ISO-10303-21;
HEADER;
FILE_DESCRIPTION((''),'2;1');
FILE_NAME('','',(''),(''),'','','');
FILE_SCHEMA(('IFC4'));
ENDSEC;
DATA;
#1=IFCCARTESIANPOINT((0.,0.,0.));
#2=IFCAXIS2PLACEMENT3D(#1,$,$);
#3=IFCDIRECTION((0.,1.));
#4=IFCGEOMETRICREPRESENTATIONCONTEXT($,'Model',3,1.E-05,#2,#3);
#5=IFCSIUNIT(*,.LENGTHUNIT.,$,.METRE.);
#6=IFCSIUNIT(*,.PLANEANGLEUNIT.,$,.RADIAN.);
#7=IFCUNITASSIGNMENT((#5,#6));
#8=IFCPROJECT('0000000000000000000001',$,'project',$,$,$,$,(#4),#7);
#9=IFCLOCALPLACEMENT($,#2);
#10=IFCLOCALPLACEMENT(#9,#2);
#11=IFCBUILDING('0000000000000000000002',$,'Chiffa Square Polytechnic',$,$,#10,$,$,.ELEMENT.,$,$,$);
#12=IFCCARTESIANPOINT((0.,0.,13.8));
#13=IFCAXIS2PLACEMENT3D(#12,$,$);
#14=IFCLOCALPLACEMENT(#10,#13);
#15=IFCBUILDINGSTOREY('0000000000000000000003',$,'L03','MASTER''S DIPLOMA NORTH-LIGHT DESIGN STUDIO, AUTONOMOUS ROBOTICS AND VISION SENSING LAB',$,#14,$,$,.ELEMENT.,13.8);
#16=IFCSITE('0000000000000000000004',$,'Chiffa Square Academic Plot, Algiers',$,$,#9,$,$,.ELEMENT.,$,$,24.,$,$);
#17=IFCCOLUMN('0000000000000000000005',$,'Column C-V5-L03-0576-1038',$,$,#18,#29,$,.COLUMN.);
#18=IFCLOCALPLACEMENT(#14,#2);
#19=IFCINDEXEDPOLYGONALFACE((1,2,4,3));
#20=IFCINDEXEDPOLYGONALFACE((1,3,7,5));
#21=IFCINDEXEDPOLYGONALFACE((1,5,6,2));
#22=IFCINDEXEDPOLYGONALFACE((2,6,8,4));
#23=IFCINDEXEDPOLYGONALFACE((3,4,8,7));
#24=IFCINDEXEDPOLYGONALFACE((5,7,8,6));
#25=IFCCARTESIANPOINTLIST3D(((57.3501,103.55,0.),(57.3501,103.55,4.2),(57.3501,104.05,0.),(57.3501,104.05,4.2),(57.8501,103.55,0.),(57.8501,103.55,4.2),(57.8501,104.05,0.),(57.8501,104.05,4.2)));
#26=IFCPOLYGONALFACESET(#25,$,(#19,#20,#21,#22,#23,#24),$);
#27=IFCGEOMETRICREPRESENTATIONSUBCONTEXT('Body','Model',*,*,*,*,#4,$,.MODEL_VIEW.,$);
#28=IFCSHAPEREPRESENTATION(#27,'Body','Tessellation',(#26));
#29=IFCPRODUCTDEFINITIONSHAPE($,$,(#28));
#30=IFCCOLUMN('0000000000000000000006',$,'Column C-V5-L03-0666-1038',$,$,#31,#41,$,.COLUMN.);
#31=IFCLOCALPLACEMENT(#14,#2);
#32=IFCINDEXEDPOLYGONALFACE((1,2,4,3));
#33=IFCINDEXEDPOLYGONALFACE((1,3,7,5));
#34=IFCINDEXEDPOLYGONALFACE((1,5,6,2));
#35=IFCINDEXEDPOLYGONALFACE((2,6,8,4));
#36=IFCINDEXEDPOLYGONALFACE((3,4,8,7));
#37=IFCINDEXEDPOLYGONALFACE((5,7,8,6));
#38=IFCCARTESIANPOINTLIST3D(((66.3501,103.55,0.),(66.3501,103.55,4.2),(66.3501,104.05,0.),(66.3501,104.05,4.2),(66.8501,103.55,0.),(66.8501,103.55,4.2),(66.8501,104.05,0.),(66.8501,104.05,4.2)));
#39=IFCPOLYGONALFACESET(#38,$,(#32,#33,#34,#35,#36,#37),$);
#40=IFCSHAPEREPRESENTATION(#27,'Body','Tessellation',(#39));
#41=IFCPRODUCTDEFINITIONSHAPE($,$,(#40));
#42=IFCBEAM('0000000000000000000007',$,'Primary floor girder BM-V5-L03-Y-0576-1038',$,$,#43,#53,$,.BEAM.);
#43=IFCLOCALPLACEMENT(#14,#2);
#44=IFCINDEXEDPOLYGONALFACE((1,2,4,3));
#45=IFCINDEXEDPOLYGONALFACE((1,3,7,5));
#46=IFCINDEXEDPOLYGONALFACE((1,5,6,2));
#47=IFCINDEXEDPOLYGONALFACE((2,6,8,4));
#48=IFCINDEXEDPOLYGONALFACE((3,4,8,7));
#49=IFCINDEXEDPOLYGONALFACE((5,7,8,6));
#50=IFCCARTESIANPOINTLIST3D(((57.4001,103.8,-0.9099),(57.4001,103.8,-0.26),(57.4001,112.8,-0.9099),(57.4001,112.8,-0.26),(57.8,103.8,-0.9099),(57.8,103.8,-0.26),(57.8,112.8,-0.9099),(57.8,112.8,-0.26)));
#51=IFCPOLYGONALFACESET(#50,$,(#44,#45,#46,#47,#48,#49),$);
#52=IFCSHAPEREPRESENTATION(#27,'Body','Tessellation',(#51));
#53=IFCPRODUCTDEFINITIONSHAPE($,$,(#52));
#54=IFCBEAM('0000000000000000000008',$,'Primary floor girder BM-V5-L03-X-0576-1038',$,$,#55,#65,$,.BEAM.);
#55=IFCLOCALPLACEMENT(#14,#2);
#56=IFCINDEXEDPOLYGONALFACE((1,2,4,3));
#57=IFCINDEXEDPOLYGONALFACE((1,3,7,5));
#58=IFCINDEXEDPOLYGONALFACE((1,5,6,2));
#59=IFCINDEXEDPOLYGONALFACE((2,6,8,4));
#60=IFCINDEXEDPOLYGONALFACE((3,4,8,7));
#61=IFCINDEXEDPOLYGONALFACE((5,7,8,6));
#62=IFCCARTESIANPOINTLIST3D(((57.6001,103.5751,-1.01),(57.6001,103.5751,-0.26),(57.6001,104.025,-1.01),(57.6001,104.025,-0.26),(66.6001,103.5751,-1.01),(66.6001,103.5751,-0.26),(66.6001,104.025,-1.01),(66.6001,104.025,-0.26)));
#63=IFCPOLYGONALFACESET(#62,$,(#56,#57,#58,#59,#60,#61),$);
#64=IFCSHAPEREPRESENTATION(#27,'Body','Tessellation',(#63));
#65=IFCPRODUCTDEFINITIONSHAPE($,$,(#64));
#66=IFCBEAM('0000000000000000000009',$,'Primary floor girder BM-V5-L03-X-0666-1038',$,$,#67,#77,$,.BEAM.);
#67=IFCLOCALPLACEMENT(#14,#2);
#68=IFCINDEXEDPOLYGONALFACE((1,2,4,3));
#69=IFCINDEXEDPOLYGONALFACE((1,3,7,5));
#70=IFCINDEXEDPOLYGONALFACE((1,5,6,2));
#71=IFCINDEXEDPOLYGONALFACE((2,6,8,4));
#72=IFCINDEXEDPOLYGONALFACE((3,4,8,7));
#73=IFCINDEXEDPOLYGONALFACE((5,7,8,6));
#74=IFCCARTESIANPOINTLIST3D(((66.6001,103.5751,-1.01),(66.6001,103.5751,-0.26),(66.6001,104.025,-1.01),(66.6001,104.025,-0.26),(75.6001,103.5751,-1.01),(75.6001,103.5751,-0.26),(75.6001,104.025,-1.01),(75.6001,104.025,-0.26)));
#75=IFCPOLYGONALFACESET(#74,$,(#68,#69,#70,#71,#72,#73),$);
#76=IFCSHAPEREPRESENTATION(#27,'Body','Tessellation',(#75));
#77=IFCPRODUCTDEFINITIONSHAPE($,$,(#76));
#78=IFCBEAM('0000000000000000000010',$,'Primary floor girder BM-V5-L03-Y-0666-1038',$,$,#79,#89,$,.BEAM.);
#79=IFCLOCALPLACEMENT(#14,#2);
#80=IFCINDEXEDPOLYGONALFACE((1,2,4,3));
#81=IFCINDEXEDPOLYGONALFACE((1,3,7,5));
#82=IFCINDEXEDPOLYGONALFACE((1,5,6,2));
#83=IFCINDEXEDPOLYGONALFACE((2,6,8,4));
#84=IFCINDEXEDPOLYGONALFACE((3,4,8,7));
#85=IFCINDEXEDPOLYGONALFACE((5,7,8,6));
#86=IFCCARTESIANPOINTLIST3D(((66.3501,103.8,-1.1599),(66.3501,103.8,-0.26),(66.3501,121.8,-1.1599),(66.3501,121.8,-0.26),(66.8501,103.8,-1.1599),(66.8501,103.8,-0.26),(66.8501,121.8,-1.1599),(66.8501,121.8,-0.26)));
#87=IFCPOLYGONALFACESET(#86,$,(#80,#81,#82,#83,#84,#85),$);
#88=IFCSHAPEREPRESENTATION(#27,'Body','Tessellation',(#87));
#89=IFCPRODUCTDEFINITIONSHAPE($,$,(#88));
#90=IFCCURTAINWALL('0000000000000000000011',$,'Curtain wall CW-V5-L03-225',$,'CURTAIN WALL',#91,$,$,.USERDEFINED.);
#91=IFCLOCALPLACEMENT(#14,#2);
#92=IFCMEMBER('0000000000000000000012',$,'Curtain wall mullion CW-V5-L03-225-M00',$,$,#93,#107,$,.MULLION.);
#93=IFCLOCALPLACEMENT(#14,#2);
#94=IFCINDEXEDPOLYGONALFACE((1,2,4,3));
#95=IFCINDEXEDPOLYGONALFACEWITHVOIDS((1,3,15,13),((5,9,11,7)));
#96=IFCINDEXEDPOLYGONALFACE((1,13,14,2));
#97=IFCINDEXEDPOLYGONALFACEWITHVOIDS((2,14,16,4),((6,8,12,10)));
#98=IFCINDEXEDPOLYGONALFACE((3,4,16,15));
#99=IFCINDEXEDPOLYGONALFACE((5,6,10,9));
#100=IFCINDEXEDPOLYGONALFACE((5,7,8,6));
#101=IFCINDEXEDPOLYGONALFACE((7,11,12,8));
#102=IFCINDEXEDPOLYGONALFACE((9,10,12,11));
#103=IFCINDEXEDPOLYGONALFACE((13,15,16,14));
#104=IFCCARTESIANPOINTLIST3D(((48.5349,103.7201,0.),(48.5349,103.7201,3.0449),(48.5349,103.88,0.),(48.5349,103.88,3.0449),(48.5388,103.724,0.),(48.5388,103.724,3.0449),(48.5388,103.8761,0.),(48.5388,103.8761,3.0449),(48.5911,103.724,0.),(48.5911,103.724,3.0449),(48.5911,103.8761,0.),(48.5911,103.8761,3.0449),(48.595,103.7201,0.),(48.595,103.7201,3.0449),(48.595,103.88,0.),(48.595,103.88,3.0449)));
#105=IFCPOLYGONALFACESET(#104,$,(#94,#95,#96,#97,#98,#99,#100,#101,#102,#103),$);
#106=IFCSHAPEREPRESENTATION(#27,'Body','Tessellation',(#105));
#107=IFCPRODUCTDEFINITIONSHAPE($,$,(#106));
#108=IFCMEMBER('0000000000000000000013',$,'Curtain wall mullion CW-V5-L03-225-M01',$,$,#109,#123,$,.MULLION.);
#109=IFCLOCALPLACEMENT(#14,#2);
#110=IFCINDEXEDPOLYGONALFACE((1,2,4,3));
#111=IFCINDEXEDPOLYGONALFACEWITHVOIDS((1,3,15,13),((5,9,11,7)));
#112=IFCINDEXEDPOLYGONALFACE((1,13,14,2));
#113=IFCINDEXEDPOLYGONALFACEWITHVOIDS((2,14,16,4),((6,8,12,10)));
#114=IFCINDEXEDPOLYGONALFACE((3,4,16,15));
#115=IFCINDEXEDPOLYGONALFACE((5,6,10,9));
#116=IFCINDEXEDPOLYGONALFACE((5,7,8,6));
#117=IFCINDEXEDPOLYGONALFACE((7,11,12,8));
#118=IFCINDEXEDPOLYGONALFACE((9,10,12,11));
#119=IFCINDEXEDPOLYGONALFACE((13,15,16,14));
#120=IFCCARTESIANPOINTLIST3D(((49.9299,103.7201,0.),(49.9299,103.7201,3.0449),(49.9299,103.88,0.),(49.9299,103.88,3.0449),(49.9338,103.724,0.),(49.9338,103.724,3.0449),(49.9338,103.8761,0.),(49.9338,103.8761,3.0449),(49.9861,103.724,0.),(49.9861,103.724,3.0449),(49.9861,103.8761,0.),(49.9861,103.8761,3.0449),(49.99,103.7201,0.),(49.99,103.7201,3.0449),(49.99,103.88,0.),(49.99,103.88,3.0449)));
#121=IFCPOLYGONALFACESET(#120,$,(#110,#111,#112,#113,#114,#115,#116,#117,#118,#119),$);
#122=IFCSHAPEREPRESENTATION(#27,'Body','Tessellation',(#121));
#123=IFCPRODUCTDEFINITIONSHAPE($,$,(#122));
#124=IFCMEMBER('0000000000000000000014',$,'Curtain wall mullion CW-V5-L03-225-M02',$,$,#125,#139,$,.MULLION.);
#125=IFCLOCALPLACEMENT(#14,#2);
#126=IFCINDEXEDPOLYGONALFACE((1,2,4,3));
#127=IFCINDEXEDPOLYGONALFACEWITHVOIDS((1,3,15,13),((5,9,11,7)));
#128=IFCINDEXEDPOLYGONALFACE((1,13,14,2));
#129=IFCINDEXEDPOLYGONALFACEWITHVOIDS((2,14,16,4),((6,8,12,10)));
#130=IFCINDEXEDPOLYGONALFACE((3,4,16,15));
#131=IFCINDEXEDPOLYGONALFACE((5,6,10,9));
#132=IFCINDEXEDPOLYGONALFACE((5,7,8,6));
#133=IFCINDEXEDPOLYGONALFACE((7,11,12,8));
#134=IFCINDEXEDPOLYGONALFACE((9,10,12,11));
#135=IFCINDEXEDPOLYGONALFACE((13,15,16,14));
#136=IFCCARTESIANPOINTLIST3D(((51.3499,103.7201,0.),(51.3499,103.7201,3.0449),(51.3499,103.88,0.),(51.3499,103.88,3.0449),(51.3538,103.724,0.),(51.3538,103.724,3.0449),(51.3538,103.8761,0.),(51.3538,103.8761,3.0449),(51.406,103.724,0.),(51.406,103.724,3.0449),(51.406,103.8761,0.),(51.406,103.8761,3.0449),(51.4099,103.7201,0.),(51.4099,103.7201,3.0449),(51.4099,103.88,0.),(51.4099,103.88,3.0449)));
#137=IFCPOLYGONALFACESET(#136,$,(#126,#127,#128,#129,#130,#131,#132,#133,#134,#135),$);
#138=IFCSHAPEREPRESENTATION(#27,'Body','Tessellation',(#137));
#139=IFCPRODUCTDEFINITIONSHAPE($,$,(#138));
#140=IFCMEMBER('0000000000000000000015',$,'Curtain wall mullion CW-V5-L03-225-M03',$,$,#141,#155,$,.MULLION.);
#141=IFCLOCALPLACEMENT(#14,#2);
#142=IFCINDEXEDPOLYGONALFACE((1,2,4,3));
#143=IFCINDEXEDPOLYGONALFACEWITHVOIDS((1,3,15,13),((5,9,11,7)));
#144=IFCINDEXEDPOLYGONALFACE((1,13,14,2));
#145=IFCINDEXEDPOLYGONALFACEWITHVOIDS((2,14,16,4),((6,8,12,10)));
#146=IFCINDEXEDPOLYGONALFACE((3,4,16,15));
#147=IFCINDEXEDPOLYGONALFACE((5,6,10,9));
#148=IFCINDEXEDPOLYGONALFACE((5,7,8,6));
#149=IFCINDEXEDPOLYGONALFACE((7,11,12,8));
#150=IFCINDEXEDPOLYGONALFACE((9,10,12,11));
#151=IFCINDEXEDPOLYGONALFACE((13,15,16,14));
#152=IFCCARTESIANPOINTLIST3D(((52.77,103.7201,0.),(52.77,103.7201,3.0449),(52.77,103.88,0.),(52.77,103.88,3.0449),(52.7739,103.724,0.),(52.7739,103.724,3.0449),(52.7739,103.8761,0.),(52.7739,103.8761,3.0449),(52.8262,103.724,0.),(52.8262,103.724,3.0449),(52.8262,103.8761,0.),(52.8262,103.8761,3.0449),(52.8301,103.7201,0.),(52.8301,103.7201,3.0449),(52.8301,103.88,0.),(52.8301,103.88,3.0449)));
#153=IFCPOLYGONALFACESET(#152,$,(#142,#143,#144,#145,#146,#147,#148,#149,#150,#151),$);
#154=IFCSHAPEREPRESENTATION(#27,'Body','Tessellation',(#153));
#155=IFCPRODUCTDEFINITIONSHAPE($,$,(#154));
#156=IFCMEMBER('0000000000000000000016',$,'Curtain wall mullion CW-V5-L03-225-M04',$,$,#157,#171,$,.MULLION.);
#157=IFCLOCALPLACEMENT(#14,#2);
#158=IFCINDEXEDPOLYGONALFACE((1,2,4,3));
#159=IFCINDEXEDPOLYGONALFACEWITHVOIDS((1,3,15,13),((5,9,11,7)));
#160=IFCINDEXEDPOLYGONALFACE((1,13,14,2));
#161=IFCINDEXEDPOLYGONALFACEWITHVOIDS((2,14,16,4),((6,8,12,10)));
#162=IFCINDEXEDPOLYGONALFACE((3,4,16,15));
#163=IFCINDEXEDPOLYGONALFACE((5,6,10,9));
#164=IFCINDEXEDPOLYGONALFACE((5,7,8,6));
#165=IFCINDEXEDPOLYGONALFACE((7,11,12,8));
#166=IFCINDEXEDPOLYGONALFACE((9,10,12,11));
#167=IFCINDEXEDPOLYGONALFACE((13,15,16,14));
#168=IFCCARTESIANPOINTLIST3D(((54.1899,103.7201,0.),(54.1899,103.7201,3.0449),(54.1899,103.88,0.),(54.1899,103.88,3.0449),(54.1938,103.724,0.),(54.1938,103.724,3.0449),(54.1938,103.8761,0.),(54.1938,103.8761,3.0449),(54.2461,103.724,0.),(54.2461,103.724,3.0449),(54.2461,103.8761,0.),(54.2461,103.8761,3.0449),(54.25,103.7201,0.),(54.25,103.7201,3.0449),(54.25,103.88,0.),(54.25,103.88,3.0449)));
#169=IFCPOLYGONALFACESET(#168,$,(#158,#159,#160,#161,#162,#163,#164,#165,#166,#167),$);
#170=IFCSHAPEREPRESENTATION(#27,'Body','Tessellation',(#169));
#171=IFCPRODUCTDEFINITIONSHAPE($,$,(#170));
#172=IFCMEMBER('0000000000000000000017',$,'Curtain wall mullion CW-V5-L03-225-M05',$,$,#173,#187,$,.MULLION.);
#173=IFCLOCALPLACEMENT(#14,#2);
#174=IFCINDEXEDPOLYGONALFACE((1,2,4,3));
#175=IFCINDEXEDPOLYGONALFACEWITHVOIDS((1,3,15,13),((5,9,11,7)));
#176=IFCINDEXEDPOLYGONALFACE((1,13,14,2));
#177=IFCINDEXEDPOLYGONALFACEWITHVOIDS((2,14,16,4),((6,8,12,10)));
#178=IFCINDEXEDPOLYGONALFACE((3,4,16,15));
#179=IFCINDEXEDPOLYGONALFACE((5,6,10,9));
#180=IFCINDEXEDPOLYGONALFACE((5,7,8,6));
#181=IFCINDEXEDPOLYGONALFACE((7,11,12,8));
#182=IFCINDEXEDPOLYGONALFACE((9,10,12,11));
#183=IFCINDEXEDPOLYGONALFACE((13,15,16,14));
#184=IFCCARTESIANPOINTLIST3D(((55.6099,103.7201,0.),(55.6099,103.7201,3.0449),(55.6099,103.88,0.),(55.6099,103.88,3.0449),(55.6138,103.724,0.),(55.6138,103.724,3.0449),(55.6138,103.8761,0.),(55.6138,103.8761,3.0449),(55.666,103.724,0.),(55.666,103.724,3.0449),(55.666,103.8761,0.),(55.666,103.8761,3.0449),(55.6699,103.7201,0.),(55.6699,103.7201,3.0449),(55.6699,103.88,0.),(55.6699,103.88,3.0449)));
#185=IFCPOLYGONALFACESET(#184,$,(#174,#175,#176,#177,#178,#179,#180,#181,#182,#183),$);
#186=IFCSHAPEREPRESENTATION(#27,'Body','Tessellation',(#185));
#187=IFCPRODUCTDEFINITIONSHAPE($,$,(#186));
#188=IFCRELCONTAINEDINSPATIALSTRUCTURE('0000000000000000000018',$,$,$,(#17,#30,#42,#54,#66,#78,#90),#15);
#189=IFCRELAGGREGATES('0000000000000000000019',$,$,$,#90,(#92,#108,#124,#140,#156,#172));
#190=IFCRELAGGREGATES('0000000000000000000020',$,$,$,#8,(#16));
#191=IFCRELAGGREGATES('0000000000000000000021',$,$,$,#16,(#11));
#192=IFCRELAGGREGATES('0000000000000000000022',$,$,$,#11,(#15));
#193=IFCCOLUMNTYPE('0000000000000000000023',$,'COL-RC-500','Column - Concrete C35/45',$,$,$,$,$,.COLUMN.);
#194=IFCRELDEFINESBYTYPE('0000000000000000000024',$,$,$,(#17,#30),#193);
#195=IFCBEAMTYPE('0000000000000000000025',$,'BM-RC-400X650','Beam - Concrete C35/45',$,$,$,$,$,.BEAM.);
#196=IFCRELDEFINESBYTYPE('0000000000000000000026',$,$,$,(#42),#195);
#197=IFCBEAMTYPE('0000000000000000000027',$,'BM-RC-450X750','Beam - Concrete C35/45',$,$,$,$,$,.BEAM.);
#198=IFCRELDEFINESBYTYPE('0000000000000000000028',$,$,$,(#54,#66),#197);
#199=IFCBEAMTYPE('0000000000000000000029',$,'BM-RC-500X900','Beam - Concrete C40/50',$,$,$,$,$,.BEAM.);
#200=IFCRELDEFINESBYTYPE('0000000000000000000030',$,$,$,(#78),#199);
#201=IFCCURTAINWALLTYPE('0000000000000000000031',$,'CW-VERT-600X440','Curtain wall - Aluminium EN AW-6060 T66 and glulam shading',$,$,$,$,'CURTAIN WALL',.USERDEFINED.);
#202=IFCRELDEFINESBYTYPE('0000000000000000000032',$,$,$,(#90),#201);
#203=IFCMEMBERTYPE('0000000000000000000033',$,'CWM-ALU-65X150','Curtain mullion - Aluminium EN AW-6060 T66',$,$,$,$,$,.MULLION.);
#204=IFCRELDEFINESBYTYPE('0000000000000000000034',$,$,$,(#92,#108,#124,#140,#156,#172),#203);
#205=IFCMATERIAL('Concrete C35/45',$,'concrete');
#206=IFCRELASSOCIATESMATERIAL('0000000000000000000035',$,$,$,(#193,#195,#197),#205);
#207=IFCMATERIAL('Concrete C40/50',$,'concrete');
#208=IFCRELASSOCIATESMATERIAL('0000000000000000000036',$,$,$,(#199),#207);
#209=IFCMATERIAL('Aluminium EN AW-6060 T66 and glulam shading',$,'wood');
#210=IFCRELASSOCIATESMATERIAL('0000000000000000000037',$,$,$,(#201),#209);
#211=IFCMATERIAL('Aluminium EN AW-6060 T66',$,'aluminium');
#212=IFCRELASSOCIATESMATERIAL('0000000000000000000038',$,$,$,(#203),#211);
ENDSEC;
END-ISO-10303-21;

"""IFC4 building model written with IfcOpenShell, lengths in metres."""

from ifc_helpers import new_model, si_unit, direction, frame, origin, origin_2d, place, context, subcontext, project, spatial, rectangle, hollow_rectangle, extrude, material, material_profile, profile_set, type_object, element, aggregate, save


model = new_model("IFC4")

# Units and contexts
model_context = context("Model", 3, precision=1e-05, world=origin(), true_north=direction((0.0, 1.0)))
body_context = subcontext(model_context, "Body", "Model", "MODEL_VIEW")
ifc_project = project(units=[si_unit("LENGTHUNIT", "METRE"), si_unit("PLANEANGLEUNIT", "RADIAN")], contexts=[model_context])

# Site, building, storey
site_placement = place(None, origin())
site = spatial("IfcSite", under=ifc_project, at=site_placement, Name="Chiffa Square Academic Plot, Algiers", CompositionType="ELEMENT", RefElevation=24.0)
building_placement = place(site_placement, origin())
building = spatial("IfcBuilding", under=site, at=building_placement, Name="Chiffa Square Polytechnic", CompositionType="ELEMENT")
storey_placement = place(building_placement, frame((0.0, 0.0, 13.8)))
storey = spatial("IfcBuildingStorey", under=building, at=storey_placement, Name="L03", Description="MASTER'S DIPLOMA NORTH-LIGHT DESIGN STUDIO, AUTONOMOUS ROBOTICS AND VISION SENSING LAB", CompositionType="ELEMENT", Elevation=13.8)

# Columns
ifc_material_1 = material(Name="Concrete C35/45", Category="concrete")
ifc_material_profile_1 = material_profile(ifc_material_1, rectangle(XDim=0.5, YDim=0.5, at=origin_2d()), Name="RC 500x500")
ifc_profile_set_1 = profile_set([ifc_material_profile_1], Name="Concrete C35/45")
column_type = type_object("IfcColumnType", Name="COL-RC-500", Description="Column - Concrete C35/45", PredefinedType="COLUMN", material=ifc_profile_set_1)
for number, where, z_axis, x_axis, name in (
    (1, (57.6001, 103.8, 0.0), (0.0, 0.0, 1.0), (1.0, 0.0, 0.0), "Column C-V5-L03-0576-1038"),
    (2, (66.6001, 103.8, 0.0), (0.0, 0.0, 1.0), (1.0, 0.0, 0.0), "Column C-V5-L03-0666-1038"),
):
    element("IfcColumn", number, at=place(storey_placement, frame(where, z_axis=z_axis, x_axis=x_axis)), inside=storey, type_object=column_type, Name=name, PredefinedType="COLUMN", context=body_context, shape_type="SweptSolid", body=[
        extrude(rectangle(XDim=0.5, YDim=0.5, at=origin_2d()), origin(), (0.0, 0.0, 1.0), 4.2),
    ])

# Beams
ifc_material_profile_2 = material_profile(ifc_material_1, rectangle(XDim=0.3999, YDim=0.6499, at=origin_2d()), Name="RC 400x650")
ifc_profile_set_2 = profile_set([ifc_material_profile_2], Name="Concrete C35/45")
beam_type_1 = type_object("IfcBeamType", Name="BM-RC-400X650", Description="Beam - Concrete C35/45", PredefinedType="BEAM", material=ifc_profile_set_2)
beam_1_placement = place(storey_placement, frame((57.6001, 103.8, -0.585), z_axis=(0.0, 1.0, 0.0), x_axis=(-1.0, 0.0, 0.0)))
element("IfcBeam", 3, at=beam_1_placement, inside=storey, type_object=beam_type_1, Name="Primary floor girder BM-V5-L03-Y-0576-1038", PredefinedType="BEAM", context=body_context, shape_type="SweptSolid", body=[
    extrude(rectangle(XDim=0.3999, YDim=0.6499, at=origin_2d()), origin(), (0.0, 0.0, 1.0), 9.0),
])
ifc_material_profile_3 = material_profile(ifc_material_1, rectangle(XDim=0.45, YDim=0.75, at=origin_2d()), Name="RC 450x750")
ifc_profile_set_3 = profile_set([ifc_material_profile_3], Name="Concrete C35/45")
beam_type_2 = type_object("IfcBeamType", Name="BM-RC-450X750", Description="Beam - Concrete C35/45", PredefinedType="BEAM", material=ifc_profile_set_3)
for number, where, z_axis, x_axis, name in (
    (4, (57.6001, 103.8, -0.635), (1.0, 0.0, 0.0), (0.0, 1.0, 0.0), "Primary floor girder BM-V5-L03-X-0576-1038"),
    (5, (66.6001, 103.8, -0.635), (1.0, 0.0, 0.0), (0.0, 1.0, 0.0), "Primary floor girder BM-V5-L03-X-0666-1038"),
):
    element("IfcBeam", number, at=place(storey_placement, frame(where, z_axis=z_axis, x_axis=x_axis)), inside=storey, type_object=beam_type_2, Name=name, PredefinedType="BEAM", context=body_context, shape_type="SweptSolid", body=[
        extrude(rectangle(XDim=0.45, YDim=0.75, at=origin_2d()), origin(), (0.0, 0.0, 1.0), 9.0),
    ])
ifc_material_2 = material(Name="Concrete C40/50", Category="concrete")
ifc_material_profile_4 = material_profile(ifc_material_2, rectangle(XDim=0.5, YDim=0.8999, at=origin_2d()), Name="RC 500x900")
ifc_profile_set_4 = profile_set([ifc_material_profile_4], Name="Concrete C40/50")
beam_type_3 = type_object("IfcBeamType", Name="BM-RC-500X900", Description="Beam - Concrete C40/50", PredefinedType="BEAM", material=ifc_profile_set_4)
beam_2_placement = place(storey_placement, frame((66.6001, 103.8, -0.71), z_axis=(0.0, 1.0, 0.0), x_axis=(-1.0, 0.0, 0.0)))
element("IfcBeam", 6, at=beam_2_placement, inside=storey, type_object=beam_type_3, Name="Primary floor girder BM-V5-L03-Y-0666-1038", PredefinedType="BEAM", context=body_context, shape_type="SweptSolid", body=[
    extrude(rectangle(XDim=0.5, YDim=0.8999, at=origin_2d()), origin(), (0.0, 0.0, 1.0), 18.0),
])

# Curtain wall, members
ifc_material_3 = material(Name="Aluminium EN AW-6060 T66 and glulam shading", Category="wood")
curtain_wall_type = type_object("IfcCurtainWallType", Name="CW-VERT-600X440", Description="Curtain wall - Aluminium EN AW-6060 T66 and glulam shading", ElementType="CURTAIN WALL", PredefinedType="USERDEFINED", material=ifc_material_3)
curtain_wall_placement = place(storey_placement, origin())
curtain_wall = element("IfcCurtainWall", 7, at=curtain_wall_placement, inside=storey, type_object=curtain_wall_type, Name="Curtain wall CW-V5-L03-225", ObjectType="CURTAIN WALL", PredefinedType="USERDEFINED")
ifc_material_4 = material(Name="Aluminium EN AW-6060 T66", Category="aluminium")
ifc_material_profile_5 = material_profile(ifc_material_4, hollow_rectangle(XDim=0.0601, YDim=0.1599, WallThickness=0.0039, at=origin_2d()), Name="ALU 60x160x4")
ifc_profile_set_5 = profile_set([ifc_material_profile_5], Name="Aluminium EN AW-6060 T66")
member_type_1 = type_object("IfcMemberType", Name="CWM-ALU-65X150", Description="Curtain mullion - Aluminium EN AW-6060 T66", PredefinedType="MULLION", material=ifc_profile_set_5)
member_1_placement = place(storey_placement, frame((48.5649, 103.8, 0.0), z_axis=(0.0, 0.0, 1.0), x_axis=(1.0, 0.0, 0.0)))
member_1 = element("IfcMember", 8, at=member_1_placement, type_object=member_type_1, Name="Curtain wall mullion CW-V5-L03-225-M00", PredefinedType="MULLION", context=body_context, shape_type="SweptSolid", body=[
    extrude(hollow_rectangle(XDim=0.0601, YDim=0.1599, WallThickness=0.0039, at=origin_2d()), origin(), (0.0, 0.0, 1.0), 3.0449),
])
member_2_placement = place(storey_placement, frame((49.96, 103.8, 0.0), z_axis=(0.0, 0.0, 1.0), x_axis=(1.0, 0.0, 0.0)))
member_2 = element("IfcMember", 9, at=member_2_placement, type_object=member_type_1, Name="Curtain wall mullion CW-V5-L03-225-M01", PredefinedType="MULLION", context=body_context, shape_type="SweptSolid", body=[
    extrude(hollow_rectangle(XDim=0.0601, YDim=0.1599, WallThickness=0.0039, at=origin_2d()), origin(), (0.0, 0.0, 1.0), 3.0449),
])
member_3_placement = place(storey_placement, frame((51.3799, 103.8, 0.0), z_axis=(0.0, 0.0, 1.0), x_axis=(1.0, 0.0, 0.0)))
member_3 = element("IfcMember", 10, at=member_3_placement, type_object=member_type_1, Name="Curtain wall mullion CW-V5-L03-225-M02", PredefinedType="MULLION", context=body_context, shape_type="SweptSolid", body=[
    extrude(hollow_rectangle(XDim=0.0601, YDim=0.1599, WallThickness=0.0039, at=origin_2d()), origin(), (0.0, 0.0, 1.0), 3.0449),
])
member_4_placement = place(storey_placement, frame((52.8, 103.8, 0.0), z_axis=(0.0, 0.0, 1.0), x_axis=(1.0, 0.0, 0.0)))
member_4 = element("IfcMember", 11, at=member_4_placement, type_object=member_type_1, Name="Curtain wall mullion CW-V5-L03-225-M03", PredefinedType="MULLION", context=body_context, shape_type="SweptSolid", body=[
    extrude(hollow_rectangle(XDim=0.0601, YDim=0.1599, WallThickness=0.0039, at=origin_2d()), origin(), (0.0, 0.0, 1.0), 3.0449),
])
member_5_placement = place(storey_placement, frame((54.22, 103.8, 0.0), z_axis=(0.0, 0.0, 1.0), x_axis=(1.0, 0.0, 0.0)))
member_5 = element("IfcMember", 12, at=member_5_placement, type_object=member_type_1, Name="Curtain wall mullion CW-V5-L03-225-M04", PredefinedType="MULLION", context=body_context, shape_type="SweptSolid", body=[
    extrude(hollow_rectangle(XDim=0.0601, YDim=0.1599, WallThickness=0.0039, at=origin_2d()), origin(), (0.0, 0.0, 1.0), 3.0449),
])
member_6_placement = place(storey_placement, frame((55.6399, 103.8, 0.0), z_axis=(0.0, 0.0, 1.0), x_axis=(1.0, 0.0, 0.0)))
member_6 = element("IfcMember", 13, at=member_6_placement, type_object=member_type_1, Name="Curtain wall mullion CW-V5-L03-225-M05", PredefinedType="MULLION", context=body_context, shape_type="SweptSolid", body=[
    extrude(hollow_rectangle(XDim=0.0601, YDim=0.1599, WallThickness=0.0039, at=origin_2d()), origin(), (0.0, 0.0, 1.0), 3.0449),
])

aggregate(curtain_wall, [member_1, member_2, member_3, member_4, member_5, member_6])

save(model, "model.ifc")
